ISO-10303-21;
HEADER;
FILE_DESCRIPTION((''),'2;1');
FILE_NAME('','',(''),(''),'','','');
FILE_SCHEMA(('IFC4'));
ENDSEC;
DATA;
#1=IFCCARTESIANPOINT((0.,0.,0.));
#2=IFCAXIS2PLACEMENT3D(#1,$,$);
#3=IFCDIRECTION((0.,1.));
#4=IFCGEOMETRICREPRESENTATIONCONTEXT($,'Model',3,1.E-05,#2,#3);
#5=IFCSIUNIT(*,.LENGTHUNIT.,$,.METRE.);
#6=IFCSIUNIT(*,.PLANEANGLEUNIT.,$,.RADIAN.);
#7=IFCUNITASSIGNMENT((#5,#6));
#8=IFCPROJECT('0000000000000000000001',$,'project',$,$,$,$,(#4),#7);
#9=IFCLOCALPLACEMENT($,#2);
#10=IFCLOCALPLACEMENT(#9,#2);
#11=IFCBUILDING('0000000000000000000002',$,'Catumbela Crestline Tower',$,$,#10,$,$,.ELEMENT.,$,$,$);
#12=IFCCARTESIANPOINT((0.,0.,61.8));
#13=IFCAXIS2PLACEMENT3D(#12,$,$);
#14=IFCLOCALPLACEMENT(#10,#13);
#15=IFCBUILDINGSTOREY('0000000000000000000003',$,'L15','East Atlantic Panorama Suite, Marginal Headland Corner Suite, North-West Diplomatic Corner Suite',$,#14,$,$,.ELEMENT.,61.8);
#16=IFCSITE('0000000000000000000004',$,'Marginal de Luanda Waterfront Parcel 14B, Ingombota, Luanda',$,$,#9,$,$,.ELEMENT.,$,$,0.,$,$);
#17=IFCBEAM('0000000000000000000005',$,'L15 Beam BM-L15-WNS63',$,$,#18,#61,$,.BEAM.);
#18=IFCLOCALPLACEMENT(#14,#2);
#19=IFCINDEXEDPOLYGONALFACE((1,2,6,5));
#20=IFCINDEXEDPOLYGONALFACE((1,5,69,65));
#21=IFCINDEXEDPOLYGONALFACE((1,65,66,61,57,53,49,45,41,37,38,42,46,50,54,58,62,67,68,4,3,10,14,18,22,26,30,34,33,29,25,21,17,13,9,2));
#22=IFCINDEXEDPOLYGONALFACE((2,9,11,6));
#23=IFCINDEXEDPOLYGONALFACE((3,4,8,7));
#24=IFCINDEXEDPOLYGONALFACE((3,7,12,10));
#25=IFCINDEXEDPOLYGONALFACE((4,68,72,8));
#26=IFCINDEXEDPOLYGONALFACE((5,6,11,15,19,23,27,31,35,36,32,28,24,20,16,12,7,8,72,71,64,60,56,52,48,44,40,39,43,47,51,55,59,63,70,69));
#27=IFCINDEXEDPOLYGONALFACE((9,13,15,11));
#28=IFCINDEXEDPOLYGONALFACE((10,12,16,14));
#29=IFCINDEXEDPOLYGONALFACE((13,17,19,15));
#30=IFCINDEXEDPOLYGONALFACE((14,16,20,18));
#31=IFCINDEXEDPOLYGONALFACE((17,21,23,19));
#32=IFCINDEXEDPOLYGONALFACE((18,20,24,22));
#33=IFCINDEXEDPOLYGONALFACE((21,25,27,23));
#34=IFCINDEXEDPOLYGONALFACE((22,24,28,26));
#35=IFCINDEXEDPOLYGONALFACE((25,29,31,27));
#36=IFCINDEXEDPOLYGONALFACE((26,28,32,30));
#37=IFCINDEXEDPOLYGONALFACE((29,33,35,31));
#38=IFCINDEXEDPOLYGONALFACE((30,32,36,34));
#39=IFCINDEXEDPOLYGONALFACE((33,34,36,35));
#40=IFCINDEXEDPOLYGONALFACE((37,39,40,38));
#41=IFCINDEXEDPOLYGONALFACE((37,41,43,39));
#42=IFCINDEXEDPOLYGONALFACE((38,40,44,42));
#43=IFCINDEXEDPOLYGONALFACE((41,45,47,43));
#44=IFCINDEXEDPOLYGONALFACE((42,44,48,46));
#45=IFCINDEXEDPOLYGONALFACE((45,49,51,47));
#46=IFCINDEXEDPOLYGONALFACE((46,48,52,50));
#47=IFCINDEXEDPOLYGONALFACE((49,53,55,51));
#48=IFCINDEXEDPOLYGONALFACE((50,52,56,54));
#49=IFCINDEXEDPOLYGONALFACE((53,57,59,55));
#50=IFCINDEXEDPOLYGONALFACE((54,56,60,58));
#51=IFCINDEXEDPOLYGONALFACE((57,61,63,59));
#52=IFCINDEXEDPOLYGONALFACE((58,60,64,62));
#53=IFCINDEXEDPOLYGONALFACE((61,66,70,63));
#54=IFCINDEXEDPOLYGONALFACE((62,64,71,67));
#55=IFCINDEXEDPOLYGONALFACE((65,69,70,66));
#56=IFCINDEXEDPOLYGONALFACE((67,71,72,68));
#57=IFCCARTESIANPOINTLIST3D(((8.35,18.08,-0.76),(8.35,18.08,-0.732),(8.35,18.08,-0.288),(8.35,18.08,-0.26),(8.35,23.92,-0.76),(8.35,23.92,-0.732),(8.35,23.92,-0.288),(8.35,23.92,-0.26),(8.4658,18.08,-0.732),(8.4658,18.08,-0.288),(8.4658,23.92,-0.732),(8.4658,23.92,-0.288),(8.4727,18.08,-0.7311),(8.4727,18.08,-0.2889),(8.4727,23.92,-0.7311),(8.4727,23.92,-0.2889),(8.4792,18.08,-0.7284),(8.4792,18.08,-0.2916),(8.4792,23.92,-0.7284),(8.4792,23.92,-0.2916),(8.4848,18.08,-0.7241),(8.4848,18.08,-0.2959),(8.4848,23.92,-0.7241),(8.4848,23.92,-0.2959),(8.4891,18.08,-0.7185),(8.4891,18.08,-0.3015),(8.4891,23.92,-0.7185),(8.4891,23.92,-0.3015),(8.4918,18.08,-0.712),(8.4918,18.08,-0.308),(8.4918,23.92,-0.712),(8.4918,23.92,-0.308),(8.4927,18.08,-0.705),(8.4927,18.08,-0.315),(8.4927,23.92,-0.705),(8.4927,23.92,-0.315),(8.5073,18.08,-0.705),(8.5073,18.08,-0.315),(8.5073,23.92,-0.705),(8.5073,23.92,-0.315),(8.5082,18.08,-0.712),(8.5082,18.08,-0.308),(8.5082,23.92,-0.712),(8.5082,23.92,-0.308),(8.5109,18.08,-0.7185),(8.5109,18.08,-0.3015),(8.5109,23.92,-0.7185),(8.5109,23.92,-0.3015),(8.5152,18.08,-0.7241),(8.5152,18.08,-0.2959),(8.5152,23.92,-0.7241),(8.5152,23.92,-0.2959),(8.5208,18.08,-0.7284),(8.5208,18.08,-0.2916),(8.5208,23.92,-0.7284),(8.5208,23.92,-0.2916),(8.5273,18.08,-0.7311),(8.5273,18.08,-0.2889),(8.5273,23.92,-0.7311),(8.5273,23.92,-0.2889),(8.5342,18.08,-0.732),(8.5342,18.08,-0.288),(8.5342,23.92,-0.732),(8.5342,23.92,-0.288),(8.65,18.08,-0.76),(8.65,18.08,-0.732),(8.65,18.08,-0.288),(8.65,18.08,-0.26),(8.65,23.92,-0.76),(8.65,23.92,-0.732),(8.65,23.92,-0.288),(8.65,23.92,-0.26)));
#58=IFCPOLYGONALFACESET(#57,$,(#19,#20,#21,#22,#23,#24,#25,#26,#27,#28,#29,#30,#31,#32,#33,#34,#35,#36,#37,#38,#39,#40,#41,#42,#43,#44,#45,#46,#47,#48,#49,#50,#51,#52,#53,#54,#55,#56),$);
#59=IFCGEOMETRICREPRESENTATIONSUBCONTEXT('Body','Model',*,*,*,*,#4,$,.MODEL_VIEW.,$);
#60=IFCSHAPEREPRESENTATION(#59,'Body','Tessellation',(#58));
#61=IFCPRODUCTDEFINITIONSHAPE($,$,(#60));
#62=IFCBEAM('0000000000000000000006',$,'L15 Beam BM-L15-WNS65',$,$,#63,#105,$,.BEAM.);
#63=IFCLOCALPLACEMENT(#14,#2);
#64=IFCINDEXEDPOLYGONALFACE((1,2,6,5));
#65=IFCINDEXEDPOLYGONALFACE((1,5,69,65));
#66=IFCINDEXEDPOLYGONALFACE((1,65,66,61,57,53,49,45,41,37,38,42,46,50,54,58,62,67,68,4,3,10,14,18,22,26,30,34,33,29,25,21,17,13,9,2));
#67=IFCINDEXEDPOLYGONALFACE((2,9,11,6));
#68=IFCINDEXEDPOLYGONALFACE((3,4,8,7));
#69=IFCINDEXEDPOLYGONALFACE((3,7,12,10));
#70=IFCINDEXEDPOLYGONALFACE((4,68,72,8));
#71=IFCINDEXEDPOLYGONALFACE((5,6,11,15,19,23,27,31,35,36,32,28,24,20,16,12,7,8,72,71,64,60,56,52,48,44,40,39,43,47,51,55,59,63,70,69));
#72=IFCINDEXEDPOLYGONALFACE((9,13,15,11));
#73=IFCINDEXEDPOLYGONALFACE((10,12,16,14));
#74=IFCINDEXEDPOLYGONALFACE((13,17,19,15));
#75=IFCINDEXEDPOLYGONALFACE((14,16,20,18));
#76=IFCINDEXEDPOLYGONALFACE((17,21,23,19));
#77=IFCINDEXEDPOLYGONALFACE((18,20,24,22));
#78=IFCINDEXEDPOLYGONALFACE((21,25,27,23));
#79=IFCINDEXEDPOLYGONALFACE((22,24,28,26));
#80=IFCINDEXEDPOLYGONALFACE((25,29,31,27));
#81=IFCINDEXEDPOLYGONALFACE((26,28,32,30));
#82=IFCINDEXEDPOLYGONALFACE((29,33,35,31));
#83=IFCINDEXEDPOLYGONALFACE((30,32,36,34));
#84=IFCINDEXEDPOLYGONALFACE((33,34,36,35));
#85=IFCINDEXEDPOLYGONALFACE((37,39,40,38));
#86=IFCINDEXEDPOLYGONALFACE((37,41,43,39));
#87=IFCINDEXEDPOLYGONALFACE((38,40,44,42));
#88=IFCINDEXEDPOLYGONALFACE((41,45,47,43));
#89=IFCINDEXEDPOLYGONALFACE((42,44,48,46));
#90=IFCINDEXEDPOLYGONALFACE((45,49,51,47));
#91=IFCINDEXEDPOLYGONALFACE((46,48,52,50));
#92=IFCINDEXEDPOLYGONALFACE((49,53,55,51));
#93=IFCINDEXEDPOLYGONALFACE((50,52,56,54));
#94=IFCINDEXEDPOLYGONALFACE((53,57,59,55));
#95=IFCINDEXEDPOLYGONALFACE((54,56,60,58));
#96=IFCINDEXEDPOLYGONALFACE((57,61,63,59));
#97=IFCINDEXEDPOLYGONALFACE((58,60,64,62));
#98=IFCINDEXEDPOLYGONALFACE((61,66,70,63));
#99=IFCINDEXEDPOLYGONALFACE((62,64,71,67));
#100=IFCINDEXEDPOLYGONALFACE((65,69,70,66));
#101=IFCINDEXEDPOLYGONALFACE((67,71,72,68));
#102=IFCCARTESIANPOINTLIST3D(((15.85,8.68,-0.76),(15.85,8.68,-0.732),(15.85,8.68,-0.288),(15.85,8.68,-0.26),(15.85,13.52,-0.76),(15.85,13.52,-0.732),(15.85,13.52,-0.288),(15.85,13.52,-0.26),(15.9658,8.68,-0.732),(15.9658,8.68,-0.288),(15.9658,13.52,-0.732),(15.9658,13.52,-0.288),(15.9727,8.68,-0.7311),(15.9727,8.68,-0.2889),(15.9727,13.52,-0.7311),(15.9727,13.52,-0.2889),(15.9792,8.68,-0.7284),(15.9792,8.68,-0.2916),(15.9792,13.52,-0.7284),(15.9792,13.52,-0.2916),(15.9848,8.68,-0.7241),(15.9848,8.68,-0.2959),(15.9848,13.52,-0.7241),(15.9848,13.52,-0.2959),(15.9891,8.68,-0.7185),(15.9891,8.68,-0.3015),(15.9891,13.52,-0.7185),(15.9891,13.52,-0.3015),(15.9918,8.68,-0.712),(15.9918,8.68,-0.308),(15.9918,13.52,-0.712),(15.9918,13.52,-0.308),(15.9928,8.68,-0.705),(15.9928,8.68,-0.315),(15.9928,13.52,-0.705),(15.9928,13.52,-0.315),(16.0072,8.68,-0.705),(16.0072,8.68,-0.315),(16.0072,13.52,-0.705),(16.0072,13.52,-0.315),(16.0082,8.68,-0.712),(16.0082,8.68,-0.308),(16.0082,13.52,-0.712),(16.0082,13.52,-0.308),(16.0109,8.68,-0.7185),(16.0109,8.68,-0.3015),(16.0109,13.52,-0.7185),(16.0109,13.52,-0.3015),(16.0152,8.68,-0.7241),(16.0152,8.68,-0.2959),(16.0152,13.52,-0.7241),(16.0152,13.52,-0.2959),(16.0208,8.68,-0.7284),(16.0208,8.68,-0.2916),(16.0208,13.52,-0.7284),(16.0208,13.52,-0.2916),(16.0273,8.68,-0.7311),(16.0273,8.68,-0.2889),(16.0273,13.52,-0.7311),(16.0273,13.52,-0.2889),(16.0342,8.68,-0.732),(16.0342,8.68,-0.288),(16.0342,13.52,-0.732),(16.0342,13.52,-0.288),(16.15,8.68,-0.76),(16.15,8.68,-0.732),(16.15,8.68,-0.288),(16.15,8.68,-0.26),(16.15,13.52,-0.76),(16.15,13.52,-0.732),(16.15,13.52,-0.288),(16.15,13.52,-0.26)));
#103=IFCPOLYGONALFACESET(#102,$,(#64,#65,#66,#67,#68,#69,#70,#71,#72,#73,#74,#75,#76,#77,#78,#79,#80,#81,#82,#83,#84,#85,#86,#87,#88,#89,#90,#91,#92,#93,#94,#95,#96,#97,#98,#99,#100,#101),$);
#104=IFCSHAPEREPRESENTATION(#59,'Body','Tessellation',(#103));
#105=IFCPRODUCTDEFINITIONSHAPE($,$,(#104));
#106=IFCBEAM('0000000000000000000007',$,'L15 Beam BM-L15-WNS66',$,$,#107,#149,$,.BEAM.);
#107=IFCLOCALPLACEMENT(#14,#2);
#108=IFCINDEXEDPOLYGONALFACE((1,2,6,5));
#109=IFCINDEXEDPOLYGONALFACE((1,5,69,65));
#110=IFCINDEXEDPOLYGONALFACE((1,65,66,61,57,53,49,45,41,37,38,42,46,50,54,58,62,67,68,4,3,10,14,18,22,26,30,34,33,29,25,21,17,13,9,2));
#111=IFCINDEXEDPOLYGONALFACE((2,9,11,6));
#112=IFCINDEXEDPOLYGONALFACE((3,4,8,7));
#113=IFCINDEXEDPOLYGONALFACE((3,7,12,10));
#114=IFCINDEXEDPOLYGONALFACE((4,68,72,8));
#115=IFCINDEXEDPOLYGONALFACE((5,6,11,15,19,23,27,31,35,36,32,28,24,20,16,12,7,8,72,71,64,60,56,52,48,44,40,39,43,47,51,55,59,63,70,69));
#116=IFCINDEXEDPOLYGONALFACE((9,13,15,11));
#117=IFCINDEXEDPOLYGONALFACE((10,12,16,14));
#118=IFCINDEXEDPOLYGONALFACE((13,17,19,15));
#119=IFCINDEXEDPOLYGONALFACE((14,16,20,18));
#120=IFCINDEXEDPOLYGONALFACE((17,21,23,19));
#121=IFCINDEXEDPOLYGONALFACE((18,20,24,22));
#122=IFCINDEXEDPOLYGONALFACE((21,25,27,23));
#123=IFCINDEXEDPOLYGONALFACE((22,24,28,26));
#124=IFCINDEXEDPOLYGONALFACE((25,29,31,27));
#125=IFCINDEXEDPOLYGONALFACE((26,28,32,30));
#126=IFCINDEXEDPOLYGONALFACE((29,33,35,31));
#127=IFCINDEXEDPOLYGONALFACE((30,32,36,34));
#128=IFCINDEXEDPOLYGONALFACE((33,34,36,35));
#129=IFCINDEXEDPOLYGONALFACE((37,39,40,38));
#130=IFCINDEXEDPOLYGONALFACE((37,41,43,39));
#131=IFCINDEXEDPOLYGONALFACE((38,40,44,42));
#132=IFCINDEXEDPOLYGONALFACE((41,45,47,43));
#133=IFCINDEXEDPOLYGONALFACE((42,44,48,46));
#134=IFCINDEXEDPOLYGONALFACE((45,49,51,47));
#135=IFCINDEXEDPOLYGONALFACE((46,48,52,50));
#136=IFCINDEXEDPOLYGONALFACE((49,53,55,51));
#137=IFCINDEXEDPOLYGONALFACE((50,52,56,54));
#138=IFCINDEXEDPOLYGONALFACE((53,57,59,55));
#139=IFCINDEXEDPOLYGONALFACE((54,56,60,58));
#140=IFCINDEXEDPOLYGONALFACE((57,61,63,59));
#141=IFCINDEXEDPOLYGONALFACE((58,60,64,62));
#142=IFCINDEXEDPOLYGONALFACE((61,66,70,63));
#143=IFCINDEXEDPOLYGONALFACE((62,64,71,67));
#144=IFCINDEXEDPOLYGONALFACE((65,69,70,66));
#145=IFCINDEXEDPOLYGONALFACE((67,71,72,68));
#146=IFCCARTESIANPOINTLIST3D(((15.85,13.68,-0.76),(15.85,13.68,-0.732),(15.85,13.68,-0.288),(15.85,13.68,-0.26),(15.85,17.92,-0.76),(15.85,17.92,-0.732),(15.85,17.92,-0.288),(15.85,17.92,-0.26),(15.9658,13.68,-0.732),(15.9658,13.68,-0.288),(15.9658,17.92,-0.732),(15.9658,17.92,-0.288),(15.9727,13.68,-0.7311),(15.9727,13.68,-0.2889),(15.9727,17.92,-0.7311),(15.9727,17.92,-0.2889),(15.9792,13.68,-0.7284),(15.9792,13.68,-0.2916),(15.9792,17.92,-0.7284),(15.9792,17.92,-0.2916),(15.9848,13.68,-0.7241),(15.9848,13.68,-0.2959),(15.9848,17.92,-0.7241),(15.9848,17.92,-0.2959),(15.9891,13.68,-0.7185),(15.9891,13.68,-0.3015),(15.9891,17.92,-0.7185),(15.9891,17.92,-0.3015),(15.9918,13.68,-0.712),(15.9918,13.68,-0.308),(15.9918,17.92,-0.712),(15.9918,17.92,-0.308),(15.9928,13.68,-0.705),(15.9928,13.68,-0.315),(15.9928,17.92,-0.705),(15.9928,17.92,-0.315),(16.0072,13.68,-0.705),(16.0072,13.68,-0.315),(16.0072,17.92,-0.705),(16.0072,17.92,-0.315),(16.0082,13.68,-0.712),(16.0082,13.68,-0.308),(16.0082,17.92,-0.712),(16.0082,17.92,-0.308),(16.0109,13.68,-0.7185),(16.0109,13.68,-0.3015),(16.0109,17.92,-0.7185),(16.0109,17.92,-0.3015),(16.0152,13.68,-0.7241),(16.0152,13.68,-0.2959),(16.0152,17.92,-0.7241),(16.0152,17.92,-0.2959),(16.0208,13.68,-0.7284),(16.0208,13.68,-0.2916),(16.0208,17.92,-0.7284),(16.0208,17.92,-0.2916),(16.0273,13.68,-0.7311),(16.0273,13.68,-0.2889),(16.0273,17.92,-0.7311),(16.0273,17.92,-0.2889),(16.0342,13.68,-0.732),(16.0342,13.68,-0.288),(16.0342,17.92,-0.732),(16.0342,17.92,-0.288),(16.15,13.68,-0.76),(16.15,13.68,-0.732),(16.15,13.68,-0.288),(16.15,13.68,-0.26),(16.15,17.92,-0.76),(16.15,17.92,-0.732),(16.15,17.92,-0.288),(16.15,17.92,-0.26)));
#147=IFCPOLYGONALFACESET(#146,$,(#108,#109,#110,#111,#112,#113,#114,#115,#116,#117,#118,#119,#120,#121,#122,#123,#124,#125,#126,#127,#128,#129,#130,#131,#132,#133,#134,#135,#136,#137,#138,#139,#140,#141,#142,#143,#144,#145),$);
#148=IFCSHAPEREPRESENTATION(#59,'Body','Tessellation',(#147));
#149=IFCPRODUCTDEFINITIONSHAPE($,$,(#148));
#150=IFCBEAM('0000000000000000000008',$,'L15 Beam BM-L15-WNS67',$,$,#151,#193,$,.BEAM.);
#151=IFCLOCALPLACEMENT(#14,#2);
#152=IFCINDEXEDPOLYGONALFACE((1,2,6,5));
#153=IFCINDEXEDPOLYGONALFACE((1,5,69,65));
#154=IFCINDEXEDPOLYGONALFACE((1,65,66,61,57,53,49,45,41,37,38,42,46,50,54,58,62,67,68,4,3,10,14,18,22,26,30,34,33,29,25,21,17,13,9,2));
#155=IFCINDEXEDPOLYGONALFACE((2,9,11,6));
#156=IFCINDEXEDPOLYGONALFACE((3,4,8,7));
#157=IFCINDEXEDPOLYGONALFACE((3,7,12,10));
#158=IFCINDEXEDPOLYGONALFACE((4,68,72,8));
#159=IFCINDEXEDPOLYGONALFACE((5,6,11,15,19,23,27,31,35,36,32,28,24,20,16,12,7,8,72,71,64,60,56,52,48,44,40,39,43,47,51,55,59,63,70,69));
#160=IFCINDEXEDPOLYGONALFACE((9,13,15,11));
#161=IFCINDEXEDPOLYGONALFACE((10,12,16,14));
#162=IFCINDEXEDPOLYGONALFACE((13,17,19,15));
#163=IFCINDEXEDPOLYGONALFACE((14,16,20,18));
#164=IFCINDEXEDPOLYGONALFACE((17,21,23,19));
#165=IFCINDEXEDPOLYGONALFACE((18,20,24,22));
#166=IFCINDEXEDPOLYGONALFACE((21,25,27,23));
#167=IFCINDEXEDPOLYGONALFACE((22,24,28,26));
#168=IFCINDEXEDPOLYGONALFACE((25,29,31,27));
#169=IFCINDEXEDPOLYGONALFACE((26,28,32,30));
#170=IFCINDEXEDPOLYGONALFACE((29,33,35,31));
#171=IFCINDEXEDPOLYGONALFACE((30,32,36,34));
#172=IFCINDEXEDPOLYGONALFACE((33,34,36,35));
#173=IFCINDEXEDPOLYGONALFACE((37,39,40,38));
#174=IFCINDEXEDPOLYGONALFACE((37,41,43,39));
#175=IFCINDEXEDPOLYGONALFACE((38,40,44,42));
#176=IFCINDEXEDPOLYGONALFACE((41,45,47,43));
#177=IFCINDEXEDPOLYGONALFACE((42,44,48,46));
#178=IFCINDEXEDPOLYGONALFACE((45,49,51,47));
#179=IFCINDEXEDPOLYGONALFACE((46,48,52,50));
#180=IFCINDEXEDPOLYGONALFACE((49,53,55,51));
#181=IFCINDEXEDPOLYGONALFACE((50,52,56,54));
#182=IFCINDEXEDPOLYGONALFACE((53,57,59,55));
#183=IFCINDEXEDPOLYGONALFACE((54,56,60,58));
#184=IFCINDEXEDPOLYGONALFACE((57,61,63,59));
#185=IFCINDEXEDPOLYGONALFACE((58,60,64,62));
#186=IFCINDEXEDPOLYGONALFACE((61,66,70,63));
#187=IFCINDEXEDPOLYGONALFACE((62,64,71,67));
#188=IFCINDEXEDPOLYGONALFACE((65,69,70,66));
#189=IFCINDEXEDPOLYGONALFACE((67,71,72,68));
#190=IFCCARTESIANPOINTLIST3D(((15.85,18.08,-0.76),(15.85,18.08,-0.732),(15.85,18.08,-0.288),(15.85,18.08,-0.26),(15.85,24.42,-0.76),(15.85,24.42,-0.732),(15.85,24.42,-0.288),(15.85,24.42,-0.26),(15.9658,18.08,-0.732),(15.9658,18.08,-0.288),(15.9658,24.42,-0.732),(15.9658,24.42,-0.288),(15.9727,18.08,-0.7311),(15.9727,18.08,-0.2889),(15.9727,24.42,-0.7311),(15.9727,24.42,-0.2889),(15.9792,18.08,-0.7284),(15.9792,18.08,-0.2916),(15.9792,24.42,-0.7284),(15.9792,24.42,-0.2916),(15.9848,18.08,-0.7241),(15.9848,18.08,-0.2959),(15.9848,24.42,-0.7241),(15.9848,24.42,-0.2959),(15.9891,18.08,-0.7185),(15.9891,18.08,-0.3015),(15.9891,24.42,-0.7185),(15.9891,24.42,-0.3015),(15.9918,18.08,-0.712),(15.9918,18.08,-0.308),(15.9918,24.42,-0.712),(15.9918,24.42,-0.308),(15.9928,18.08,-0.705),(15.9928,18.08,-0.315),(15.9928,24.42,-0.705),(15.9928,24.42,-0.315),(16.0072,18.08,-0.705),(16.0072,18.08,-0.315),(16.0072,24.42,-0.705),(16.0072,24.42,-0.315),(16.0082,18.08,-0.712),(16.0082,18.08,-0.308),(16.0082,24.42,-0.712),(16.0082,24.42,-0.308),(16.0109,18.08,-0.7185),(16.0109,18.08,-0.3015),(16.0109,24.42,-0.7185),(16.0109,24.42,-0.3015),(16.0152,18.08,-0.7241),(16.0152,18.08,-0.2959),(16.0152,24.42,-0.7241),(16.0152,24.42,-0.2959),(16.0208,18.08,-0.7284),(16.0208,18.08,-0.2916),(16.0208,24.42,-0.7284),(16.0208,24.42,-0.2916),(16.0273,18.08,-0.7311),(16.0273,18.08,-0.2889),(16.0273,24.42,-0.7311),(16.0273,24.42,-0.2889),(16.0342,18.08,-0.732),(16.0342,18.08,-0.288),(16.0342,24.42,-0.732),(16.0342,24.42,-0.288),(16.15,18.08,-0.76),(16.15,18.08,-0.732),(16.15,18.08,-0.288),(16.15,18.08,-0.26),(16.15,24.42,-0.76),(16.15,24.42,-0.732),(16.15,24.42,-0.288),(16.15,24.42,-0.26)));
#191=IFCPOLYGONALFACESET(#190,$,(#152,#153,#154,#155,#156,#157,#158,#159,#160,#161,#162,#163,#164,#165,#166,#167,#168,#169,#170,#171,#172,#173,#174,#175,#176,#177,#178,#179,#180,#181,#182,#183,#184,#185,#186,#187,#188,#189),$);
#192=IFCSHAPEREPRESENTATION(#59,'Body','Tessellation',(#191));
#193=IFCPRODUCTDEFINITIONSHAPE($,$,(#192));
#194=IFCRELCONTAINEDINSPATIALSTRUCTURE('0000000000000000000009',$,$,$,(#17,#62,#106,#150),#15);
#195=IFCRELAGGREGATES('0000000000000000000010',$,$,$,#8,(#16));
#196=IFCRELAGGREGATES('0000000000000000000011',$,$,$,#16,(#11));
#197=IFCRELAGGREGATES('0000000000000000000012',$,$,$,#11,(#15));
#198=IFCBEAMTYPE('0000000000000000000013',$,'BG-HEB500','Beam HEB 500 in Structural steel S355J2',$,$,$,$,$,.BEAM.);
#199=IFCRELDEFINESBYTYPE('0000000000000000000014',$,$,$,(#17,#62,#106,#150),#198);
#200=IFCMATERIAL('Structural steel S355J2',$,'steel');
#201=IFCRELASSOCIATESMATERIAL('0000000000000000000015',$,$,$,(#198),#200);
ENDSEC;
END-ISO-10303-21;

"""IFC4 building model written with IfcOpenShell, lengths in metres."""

from ifc_helpers import new_model, si_unit, direction, frame, origin, origin_2d, place, context, subcontext, project, spatial, i_section, extrude, material, material_profile, profile_set, type_object, element, save


model = new_model("IFC4")

# Units and contexts
model_context = context("Model", 3, precision=1e-05, world=origin(), true_north=direction((0.0, 1.0)))
body_context = subcontext(model_context, "Body", "Model", "MODEL_VIEW")
ifc_project = project(units=[si_unit("LENGTHUNIT", "METRE"), si_unit("PLANEANGLEUNIT", "RADIAN")], contexts=[model_context])

# Site, building, storey
site_placement = place(None, origin())
site = spatial("IfcSite", under=ifc_project, at=site_placement, Name="Marginal de Luanda Waterfront Parcel 14B, Ingombota, Luanda", CompositionType="ELEMENT", RefElevation=0.0)
building_placement = place(site_placement, origin())
building = spatial("IfcBuilding", under=site, at=building_placement, Name="Catumbela Crestline Tower", CompositionType="ELEMENT")
storey_placement = place(building_placement, frame((0.0, 0.0, 61.8)))
storey = spatial("IfcBuildingStorey", under=building, at=storey_placement, Name="L15", Description="East Atlantic Panorama Suite, Marginal Headland Corner Suite, North-West Diplomatic Corner Suite", CompositionType="ELEMENT", Elevation=61.8)

# Beams
ifc_material_1 = material(Name="Structural steel S355J2", Category="steel")
ifc_material_profile_1 = material_profile(ifc_material_1, i_section(OverallWidth=0.3, OverallDepth=0.5, WebThickness=0.0145, FlangeThickness=0.028, FilletRadius=0.027, at=origin_2d()), Name="HEB 500")
ifc_profile_set_1 = profile_set([ifc_material_profile_1], Name="Structural steel S355J2")
beam_type_1 = type_object("IfcBeamType", Name="BG-HEB500", Description="Beam HEB 500 in Structural steel S355J2", PredefinedType="BEAM", material=ifc_profile_set_1)
beam_1_placement = place(storey_placement, frame((8.5, 18.08, -0.51), z_axis=(0.0, 1.0, 0.0), x_axis=(-1.0, 0.0, 0.0)))
element("IfcBeam", 1, at=beam_1_placement, inside=storey, type_object=beam_type_1, Name="L15 Beam BM-L15-WNS63", PredefinedType="BEAM", context=body_context, shape_type="SweptSolid", body=[
    extrude(i_section(OverallWidth=0.3, OverallDepth=0.5, WebThickness=0.0145, FlangeThickness=0.028, FilletRadius=0.027, at=origin_2d()), origin(), (0.0, 0.0, 1.0), 5.84),
])
beam_2_placement = place(storey_placement, frame((16.0, 8.68, -0.51), z_axis=(0.0, 1.0, 0.0), x_axis=(-1.0, 0.0, 0.0)))
element("IfcBeam", 2, at=beam_2_placement, inside=storey, type_object=beam_type_1, Name="L15 Beam BM-L15-WNS65", PredefinedType="BEAM", context=body_context, shape_type="SweptSolid", body=[
    extrude(i_section(OverallWidth=0.3, OverallDepth=0.5, WebThickness=0.0145, FlangeThickness=0.028, FilletRadius=0.027, at=origin_2d()), origin(), (0.0, 0.0, 1.0), 4.84),
])
beam_3_placement = place(storey_placement, frame((16.0, 13.68, -0.51), z_axis=(0.0, 1.0, 0.0), x_axis=(-1.0, 0.0, 0.0)))
element("IfcBeam", 3, at=beam_3_placement, inside=storey, type_object=beam_type_1, Name="L15 Beam BM-L15-WNS66", PredefinedType="BEAM", context=body_context, shape_type="SweptSolid", body=[
    extrude(i_section(OverallWidth=0.3, OverallDepth=0.5, WebThickness=0.0145, FlangeThickness=0.028, FilletRadius=0.027, at=origin_2d()), origin(), (0.0, 0.0, 1.0), 4.24),
])
beam_4_placement = place(storey_placement, frame((16.0, 18.08, -0.51), z_axis=(0.0, 1.0, 0.0), x_axis=(-1.0, 0.0, 0.0)))
element("IfcBeam", 4, at=beam_4_placement, inside=storey, type_object=beam_type_1, Name="L15 Beam BM-L15-WNS67", PredefinedType="BEAM", context=body_context, shape_type="SweptSolid", body=[
    extrude(i_section(OverallWidth=0.3, OverallDepth=0.5, WebThickness=0.0145, FlangeThickness=0.028, FilletRadius=0.027, at=origin_2d()), origin(), (0.0, 0.0, 1.0), 6.34),
])

save(model, "model.ifc")
